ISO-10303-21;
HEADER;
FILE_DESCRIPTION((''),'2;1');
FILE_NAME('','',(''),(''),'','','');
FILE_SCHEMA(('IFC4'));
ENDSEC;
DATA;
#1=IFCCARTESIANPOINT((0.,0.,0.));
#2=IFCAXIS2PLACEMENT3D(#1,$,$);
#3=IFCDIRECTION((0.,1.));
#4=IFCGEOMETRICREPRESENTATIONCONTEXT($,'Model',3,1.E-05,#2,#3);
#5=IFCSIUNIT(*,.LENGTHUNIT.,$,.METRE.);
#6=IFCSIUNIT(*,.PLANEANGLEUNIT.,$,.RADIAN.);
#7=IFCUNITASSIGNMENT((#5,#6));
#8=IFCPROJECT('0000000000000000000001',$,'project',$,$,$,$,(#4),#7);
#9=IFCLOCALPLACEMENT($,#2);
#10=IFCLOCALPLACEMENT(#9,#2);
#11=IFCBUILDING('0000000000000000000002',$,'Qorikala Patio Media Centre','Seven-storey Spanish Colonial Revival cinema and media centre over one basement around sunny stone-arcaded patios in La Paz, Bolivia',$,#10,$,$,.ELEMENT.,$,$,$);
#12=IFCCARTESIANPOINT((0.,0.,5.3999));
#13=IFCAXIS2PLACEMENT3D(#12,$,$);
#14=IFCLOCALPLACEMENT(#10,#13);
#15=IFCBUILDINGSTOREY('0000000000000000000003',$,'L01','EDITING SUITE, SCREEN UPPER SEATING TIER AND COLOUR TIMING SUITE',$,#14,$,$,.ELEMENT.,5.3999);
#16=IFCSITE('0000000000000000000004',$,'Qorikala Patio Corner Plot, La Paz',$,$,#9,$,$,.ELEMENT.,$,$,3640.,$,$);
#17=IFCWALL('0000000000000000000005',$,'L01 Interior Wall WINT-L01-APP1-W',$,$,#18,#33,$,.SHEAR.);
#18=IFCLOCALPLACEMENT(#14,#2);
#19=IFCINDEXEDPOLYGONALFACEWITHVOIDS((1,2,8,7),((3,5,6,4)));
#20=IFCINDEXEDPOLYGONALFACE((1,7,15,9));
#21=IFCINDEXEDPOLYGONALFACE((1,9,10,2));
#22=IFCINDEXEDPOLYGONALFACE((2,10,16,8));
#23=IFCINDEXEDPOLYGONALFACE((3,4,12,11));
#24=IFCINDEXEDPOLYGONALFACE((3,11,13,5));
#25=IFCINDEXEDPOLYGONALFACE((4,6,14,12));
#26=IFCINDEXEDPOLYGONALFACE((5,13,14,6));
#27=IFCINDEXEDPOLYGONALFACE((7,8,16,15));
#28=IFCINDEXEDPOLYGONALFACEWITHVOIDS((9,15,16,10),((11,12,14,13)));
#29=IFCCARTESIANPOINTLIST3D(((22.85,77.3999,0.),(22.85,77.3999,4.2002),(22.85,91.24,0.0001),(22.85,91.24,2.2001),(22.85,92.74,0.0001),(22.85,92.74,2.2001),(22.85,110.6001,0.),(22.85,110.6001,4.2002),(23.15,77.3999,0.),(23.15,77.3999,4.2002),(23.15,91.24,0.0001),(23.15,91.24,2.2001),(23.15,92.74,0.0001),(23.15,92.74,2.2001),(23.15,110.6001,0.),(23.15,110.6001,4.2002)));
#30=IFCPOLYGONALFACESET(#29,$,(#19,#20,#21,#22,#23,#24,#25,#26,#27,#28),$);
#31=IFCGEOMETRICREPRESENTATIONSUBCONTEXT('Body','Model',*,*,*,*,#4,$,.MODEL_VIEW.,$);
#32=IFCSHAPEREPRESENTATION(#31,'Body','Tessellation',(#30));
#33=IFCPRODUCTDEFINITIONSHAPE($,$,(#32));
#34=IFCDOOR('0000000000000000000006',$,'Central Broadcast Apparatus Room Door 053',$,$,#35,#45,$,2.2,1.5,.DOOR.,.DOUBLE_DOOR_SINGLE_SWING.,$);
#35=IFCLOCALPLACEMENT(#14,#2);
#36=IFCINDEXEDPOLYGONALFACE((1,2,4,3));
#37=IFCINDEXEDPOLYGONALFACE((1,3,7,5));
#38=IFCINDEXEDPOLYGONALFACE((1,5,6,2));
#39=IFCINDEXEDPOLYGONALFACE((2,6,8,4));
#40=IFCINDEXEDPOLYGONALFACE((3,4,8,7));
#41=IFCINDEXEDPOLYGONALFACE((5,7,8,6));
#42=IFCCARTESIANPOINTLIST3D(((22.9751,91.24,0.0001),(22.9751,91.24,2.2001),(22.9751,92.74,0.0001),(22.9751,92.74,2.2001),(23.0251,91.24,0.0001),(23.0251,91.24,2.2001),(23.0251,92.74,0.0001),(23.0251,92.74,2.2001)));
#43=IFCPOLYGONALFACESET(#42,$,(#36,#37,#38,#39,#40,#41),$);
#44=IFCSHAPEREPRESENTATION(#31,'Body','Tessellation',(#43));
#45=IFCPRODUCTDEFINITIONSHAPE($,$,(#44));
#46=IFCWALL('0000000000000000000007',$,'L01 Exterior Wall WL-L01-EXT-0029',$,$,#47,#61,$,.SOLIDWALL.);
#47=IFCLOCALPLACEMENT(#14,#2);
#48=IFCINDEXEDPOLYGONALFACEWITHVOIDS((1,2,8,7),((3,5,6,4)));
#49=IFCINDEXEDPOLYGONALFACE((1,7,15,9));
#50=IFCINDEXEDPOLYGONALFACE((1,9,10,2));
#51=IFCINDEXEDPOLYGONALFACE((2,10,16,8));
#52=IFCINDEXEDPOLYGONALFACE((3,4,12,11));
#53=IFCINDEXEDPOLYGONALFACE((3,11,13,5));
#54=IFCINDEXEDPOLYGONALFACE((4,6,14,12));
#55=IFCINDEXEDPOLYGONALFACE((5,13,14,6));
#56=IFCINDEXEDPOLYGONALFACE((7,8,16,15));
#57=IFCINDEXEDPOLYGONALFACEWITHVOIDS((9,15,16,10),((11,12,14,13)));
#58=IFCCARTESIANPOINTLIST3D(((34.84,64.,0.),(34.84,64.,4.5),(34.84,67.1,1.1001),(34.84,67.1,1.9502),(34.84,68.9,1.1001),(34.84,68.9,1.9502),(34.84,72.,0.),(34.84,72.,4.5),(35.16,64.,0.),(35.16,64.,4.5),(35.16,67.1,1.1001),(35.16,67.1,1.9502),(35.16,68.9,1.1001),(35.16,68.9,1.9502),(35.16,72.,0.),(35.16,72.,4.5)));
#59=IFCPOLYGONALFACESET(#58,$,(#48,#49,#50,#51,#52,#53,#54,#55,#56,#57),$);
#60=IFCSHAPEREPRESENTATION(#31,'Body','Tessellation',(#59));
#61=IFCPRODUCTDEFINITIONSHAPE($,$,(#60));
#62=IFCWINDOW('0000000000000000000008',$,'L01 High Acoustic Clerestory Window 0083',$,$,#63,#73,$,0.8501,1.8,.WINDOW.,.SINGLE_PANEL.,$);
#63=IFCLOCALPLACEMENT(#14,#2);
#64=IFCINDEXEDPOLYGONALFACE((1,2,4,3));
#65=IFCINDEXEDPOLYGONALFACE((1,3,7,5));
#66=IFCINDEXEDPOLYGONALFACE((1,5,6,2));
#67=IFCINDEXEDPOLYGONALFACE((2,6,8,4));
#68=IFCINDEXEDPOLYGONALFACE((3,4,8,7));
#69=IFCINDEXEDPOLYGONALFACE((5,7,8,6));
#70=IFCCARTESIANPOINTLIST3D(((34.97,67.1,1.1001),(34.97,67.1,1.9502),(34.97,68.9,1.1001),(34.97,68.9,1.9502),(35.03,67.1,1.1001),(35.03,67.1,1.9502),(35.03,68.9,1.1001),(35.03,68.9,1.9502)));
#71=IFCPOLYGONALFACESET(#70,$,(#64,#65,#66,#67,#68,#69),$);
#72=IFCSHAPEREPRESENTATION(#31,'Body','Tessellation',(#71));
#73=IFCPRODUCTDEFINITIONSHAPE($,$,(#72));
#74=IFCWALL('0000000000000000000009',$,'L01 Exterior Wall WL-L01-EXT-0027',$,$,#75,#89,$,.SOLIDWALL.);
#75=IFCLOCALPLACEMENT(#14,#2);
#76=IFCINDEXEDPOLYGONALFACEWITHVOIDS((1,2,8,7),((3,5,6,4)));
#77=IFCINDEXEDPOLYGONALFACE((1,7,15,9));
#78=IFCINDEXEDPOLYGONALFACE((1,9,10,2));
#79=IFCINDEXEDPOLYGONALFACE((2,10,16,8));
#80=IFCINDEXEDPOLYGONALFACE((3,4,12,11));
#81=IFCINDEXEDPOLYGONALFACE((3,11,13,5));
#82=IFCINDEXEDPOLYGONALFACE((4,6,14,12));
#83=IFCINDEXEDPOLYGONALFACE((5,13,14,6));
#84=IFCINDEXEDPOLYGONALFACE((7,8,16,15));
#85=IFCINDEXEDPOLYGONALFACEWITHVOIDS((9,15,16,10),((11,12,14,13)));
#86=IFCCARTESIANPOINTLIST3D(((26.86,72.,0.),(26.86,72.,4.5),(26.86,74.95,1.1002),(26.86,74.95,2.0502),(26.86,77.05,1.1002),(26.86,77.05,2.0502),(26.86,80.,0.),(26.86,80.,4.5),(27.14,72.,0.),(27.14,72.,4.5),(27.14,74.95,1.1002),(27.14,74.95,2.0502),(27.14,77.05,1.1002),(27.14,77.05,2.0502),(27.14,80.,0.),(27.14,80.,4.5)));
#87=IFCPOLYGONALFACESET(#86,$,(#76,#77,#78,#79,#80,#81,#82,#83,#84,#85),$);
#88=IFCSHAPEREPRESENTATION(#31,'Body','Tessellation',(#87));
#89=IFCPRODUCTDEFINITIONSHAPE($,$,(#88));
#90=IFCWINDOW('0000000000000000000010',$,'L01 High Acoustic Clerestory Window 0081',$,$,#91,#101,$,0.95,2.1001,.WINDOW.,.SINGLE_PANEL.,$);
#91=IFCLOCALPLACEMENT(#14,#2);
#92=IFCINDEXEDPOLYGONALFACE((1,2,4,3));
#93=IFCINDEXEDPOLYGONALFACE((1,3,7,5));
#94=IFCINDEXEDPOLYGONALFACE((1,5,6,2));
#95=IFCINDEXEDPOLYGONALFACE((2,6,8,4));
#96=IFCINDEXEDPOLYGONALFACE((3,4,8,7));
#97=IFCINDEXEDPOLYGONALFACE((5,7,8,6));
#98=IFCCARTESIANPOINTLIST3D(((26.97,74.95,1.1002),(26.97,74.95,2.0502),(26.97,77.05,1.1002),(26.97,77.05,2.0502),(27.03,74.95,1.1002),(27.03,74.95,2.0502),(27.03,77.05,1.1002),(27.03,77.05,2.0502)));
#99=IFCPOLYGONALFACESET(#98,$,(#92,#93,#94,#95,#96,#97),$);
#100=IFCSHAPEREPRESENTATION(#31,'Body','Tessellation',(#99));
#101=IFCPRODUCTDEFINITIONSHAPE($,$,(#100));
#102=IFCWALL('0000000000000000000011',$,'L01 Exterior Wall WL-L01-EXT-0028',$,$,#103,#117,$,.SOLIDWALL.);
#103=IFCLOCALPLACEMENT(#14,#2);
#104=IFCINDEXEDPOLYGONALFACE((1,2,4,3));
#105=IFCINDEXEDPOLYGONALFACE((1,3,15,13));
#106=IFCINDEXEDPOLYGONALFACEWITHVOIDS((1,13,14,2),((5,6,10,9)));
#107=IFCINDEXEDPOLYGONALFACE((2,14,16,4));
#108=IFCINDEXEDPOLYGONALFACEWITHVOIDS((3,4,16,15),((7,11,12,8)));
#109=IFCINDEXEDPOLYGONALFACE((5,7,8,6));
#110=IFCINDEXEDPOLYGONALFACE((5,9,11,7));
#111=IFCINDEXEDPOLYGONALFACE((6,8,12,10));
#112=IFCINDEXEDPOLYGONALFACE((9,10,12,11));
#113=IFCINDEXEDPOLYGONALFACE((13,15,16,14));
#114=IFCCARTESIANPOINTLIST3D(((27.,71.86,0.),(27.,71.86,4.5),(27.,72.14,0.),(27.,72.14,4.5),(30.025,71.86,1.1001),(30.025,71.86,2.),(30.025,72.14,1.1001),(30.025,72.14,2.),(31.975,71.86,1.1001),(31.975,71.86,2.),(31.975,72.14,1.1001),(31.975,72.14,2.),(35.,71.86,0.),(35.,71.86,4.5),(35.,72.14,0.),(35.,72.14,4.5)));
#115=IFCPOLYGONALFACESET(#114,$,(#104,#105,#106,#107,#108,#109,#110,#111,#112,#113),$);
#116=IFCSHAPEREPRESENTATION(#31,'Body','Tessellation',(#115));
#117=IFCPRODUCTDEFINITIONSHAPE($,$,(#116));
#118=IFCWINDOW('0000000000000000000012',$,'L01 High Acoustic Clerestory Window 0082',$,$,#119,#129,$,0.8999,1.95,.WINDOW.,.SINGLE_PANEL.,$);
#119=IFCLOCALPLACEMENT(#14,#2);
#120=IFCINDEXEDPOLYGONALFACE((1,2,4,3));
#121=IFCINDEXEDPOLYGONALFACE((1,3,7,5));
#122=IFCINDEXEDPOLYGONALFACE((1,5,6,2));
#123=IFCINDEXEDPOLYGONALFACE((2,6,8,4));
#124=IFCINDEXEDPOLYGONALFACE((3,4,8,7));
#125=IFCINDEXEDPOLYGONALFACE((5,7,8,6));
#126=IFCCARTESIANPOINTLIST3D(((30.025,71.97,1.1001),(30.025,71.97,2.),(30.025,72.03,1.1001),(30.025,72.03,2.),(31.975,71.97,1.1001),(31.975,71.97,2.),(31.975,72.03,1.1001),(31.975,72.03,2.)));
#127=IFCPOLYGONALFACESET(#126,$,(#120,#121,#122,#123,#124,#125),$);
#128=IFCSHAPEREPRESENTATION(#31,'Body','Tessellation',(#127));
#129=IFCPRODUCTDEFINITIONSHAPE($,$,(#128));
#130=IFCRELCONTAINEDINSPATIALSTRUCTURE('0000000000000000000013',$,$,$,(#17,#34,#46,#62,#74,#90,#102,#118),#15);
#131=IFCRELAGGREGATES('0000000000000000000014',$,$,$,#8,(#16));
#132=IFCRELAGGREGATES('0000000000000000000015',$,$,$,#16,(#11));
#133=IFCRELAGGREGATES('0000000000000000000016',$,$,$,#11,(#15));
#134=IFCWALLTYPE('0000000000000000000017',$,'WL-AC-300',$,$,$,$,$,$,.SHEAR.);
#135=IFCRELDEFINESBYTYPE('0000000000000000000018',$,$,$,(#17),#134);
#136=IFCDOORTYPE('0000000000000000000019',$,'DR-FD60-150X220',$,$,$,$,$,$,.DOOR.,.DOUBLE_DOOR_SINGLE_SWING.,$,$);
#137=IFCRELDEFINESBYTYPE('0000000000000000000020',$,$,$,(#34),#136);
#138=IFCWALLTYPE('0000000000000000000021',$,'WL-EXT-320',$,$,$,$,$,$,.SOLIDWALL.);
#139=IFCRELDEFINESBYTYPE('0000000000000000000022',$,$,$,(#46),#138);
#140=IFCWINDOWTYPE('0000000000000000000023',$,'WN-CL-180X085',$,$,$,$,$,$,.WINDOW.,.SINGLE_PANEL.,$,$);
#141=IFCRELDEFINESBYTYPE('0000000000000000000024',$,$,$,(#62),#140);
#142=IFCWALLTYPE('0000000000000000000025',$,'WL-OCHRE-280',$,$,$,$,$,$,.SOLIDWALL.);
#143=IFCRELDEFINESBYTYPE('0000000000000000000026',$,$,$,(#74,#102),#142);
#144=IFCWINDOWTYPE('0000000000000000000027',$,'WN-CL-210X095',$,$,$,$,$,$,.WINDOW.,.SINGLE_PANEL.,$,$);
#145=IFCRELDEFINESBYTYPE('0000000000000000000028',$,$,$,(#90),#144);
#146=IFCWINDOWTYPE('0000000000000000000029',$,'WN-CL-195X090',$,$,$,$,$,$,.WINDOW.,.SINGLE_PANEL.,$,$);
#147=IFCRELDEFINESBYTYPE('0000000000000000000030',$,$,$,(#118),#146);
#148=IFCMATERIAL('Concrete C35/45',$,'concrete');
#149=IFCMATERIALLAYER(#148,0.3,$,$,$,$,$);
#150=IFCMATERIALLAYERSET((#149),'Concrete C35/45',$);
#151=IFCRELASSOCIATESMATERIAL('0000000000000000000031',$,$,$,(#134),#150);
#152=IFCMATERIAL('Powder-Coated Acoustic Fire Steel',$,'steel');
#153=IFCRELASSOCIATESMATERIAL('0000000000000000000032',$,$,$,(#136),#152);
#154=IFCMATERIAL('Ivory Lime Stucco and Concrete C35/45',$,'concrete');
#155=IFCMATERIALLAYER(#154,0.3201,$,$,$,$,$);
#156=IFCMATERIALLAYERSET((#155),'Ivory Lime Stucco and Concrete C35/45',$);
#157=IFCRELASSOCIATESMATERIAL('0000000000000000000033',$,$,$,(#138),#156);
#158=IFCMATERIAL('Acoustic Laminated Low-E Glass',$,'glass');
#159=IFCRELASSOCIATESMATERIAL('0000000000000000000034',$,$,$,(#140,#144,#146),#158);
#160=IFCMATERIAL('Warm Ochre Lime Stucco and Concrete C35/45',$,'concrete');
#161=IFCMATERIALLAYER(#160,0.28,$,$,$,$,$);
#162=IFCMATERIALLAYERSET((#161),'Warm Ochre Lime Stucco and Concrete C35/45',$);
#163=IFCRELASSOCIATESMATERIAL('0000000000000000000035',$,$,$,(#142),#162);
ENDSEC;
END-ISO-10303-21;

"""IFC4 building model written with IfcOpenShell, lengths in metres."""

from ifc_helpers import new_model, si_unit, direction, frame, frame_2d, origin, place, context, subcontext, project, spatial, rectangle, extrude, material, layer, layer_set, type_object, element, fill, save


model = new_model("IFC4")

# Units and contexts
model_context = context("Model", 3, precision=1e-05, world=origin(), true_north=direction((0.0, 1.0)))
body_context = subcontext(model_context, "Body", "Model", "MODEL_VIEW")
ifc_project = project(units=[si_unit("LENGTHUNIT", "METRE"), si_unit("PLANEANGLEUNIT", "RADIAN")], contexts=[model_context])

# Site, building, storey
site_placement = place(None, origin())
site = spatial("IfcSite", under=ifc_project, at=site_placement, Name="Qorikala Patio Corner Plot, La Paz", CompositionType="ELEMENT", RefElevation=3640.0)
building_placement = place(site_placement, origin())
building = spatial("IfcBuilding", under=site, at=building_placement, Name="Qorikala Patio Media Centre", Description="Seven-storey Spanish Colonial Revival cinema and media centre over one basement around sunny stone-arcaded patios in La Paz, Bolivia", CompositionType="ELEMENT")
storey_placement = place(building_placement, frame((0.0, 0.0, 5.3999)))
storey = spatial("IfcBuildingStorey", under=building, at=storey_placement, Name="L01", Description="EDITING SUITE, SCREEN UPPER SEATING TIER AND COLOUR TIMING SUITE", CompositionType="ELEMENT", Elevation=5.3999)

# Shared definitions
ifc_material_1 = material(Name="Concrete C35/45", Category="concrete")

# Shared definitions
ifc_layer_1 = layer(ifc_material_1, 0.3)
ifc_layer_set_1 = layer_set([ifc_layer_1], Name="Concrete C35/45")
wall_type_1 = type_object("IfcWallType", Name="WL-AC-300", PredefinedType="SHEAR", material=ifc_layer_set_1)

# Wall, opening, door
wall_1_placement = place(storey_placement, frame((23.0, 77.3999, 0.0), z_axis=(0.0, 0.0, 1.0), x_axis=(0.0, 1.0, 0.0)))
wall_1 = element("IfcWall", 1, at=wall_1_placement, inside=storey, type_object=wall_type_1, Name="L01 Interior Wall WINT-L01-APP1-W", PredefinedType="SHEAR", context=body_context, shape_type="SweptSolid", body=[
    extrude(rectangle(XDim=33.2002, YDim=0.3, at=frame_2d((16.6001, 0.0))), origin(), (0.0, 0.0, 1.0), 4.2002),
])
opening_1_placement = place(wall_1_placement, frame((13.8401, 0.0, 0.0)))
opening_1 = element("IfcOpeningElement", 2, at=opening_1_placement, cuts=wall_1, PredefinedType="OPENING", context=body_context, shape_type="SweptSolid", body=[
    extrude(rectangle(XDim=1.5, YDim=2.2, at=frame_2d((0.75, 1.1001))), frame((0.0, 0.1599, 0.0), z_axis=(0.0, -1.0, 0.0), x_axis=(1.0, 0.0, 0.0)), (0.0, 0.0, 1.0), 0.3201),
])
ifc_material_2 = material(Name="Powder-Coated Acoustic Fire Steel", Category="steel")
door_type = type_object("IfcDoorType", Name="DR-FD60-150X220", OperationType="DOUBLE_DOOR_SINGLE_SWING", PredefinedType="DOOR", material=ifc_material_2)
door_placement = place(opening_1_placement, origin())
door = element("IfcDoor", 3, at=door_placement, inside=storey, type_object=door_type, Name="Central Broadcast Apparatus Room Door 053", OperationType="DOUBLE_DOOR_SINGLE_SWING", OverallHeight=2.2, OverallWidth=1.5, PredefinedType="DOOR", context=body_context, shape_type="SweptSolid", body=[
    extrude(rectangle(XDim=1.5, YDim=2.2, at=frame_2d((0.75, 1.1001))), frame((0.0, 0.0249, 0.0), z_axis=(0.0, -1.0, 0.0), x_axis=(1.0, 0.0, 0.0)), (0.0, 0.0, 1.0), 0.05),
])
fill(opening_1, door)

# Walls, openings, windows
ifc_material_3 = material(Name="Ivory Lime Stucco and Concrete C35/45", Category="concrete")
ifc_layer_2 = layer(ifc_material_3, 0.3201)
ifc_layer_set_2 = layer_set([ifc_layer_2], Name="Ivory Lime Stucco and Concrete C35/45")
wall_type_2 = type_object("IfcWallType", Name="WL-EXT-320", PredefinedType="SOLIDWALL", material=ifc_layer_set_2)
wall_2_placement = place(storey_placement, frame((35.0, 72.0, 0.0), z_axis=(0.0, 0.0, 1.0), x_axis=(0.0, -1.0, 0.0)))
wall_2 = element("IfcWall", 4, at=wall_2_placement, inside=storey, type_object=wall_type_2, Name="L01 Exterior Wall WL-L01-EXT-0029", PredefinedType="SOLIDWALL", context=body_context, shape_type="SweptSolid", body=[
    extrude(rectangle(XDim=8.0, YDim=0.3201, at=frame_2d((4.0, 0.0))), origin(), (0.0, 0.0, 1.0), 4.5),
])
opening_2_placement = place(wall_2_placement, frame((3.1001, 0.0, 1.1001)))
opening_2 = element("IfcOpeningElement", 5, at=opening_2_placement, cuts=wall_2, PredefinedType="OPENING", context=body_context, shape_type="SweptSolid", body=[
    extrude(rectangle(XDim=1.8, YDim=0.8501, at=frame_2d((0.8999, 0.425))), frame((0.0, 0.1699, 0.0), z_axis=(0.0, -1.0, 0.0), x_axis=(1.0, 0.0, 0.0)), (0.0, 0.0, 1.0), 0.3401),
])
ifc_material_4 = material(Name="Acoustic Laminated Low-E Glass", Category="glass")
window_type_1 = type_object("IfcWindowType", Name="WN-CL-180X085", PartitioningType="SINGLE_PANEL", PredefinedType="WINDOW", material=ifc_material_4)
window_1_placement = place(opening_2_placement, origin())
window_1 = element("IfcWindow", 6, at=window_1_placement, inside=storey, type_object=window_type_1, Name="L01 High Acoustic Clerestory Window 0083", OverallHeight=0.8501, OverallWidth=1.8, PartitioningType="SINGLE_PANEL", PredefinedType="WINDOW", context=body_context, shape_type="SweptSolid", body=[
    extrude(rectangle(XDim=1.8, YDim=0.8501, at=frame_2d((0.8999, 0.425))), frame((0.0, 0.03, 0.0), z_axis=(0.0, -1.0, 0.0), x_axis=(1.0, 0.0, 0.0)), (0.0, 0.0, 1.0), 0.0601),
])
fill(opening_2, window_1)
ifc_material_5 = material(Name="Warm Ochre Lime Stucco and Concrete C35/45", Category="concrete")
ifc_layer_3 = layer(ifc_material_5, 0.28)
ifc_layer_set_3 = layer_set([ifc_layer_3], Name="Warm Ochre Lime Stucco and Concrete C35/45")
wall_type_3 = type_object("IfcWallType", Name="WL-OCHRE-280", PredefinedType="SOLIDWALL", material=ifc_layer_set_3)
wall_3_placement = place(storey_placement, frame((27.0, 80.0, 0.0), z_axis=(0.0, 0.0, 1.0), x_axis=(0.0, -1.0, 0.0)))
wall_3 = element("IfcWall", 7, at=wall_3_placement, inside=storey, type_object=wall_type_3, Name="L01 Exterior Wall WL-L01-EXT-0027", PredefinedType="SOLIDWALL", context=body_context, shape_type="SweptSolid", body=[
    extrude(rectangle(XDim=8.0, YDim=0.28, at=frame_2d((4.0, 0.0))), origin(), (0.0, 0.0, 1.0), 4.5),
])
opening_3_placement = place(wall_3_placement, frame((2.95, 0.0, 1.1001)))
opening_3 = element("IfcOpeningElement", 8, at=opening_3_placement, cuts=wall_3, PredefinedType="OPENING", context=body_context, shape_type="SweptSolid", body=[
    extrude(rectangle(XDim=2.1001, YDim=0.95, at=frame_2d((1.05, 0.4751))), frame((0.0, 0.1499, 0.0), z_axis=(0.0, -1.0, 0.0), x_axis=(1.0, 0.0, 0.0)), (0.0, 0.0, 1.0), 0.3),
])
window_type_2 = type_object("IfcWindowType", Name="WN-CL-210X095", PartitioningType="SINGLE_PANEL", PredefinedType="WINDOW", material=ifc_material_4)
window_2_placement = place(opening_3_placement, origin())
window_2 = element("IfcWindow", 9, at=window_2_placement, inside=storey, type_object=window_type_2, Name="L01 High Acoustic Clerestory Window 0081", OverallHeight=0.95, OverallWidth=2.1001, PartitioningType="SINGLE_PANEL", PredefinedType="WINDOW", context=body_context, shape_type="SweptSolid", body=[
    extrude(rectangle(XDim=2.1001, YDim=0.95, at=frame_2d((1.05, 0.4751))), frame((0.0, 0.03, 0.0), z_axis=(0.0, -1.0, 0.0), x_axis=(1.0, 0.0, 0.0)), (0.0, 0.0, 1.0), 0.0601),
])
fill(opening_3, window_2)
wall_4_placement = place(storey_placement, frame((27.0, 72.0, 0.0), z_axis=(0.0, 0.0, 1.0), x_axis=(1.0, 0.0, 0.0)))
wall_4 = element("IfcWall", 10, at=wall_4_placement, inside=storey, type_object=wall_type_3, Name="L01 Exterior Wall WL-L01-EXT-0028", PredefinedType="SOLIDWALL", context=body_context, shape_type="SweptSolid", body=[
    extrude(rectangle(XDim=8.0, YDim=0.28, at=frame_2d((4.0, 0.0))), origin(), (0.0, 0.0, 1.0), 4.5),
])
opening_4_placement = place(wall_4_placement, frame((3.0249, 0.0, 1.1001)))
opening_4 = element("IfcOpeningElement", 11, at=opening_4_placement, cuts=wall_4, PredefinedType="OPENING", context=body_context, shape_type="SweptSolid", body=[
    extrude(rectangle(XDim=1.95, YDim=0.8999, at=frame_2d((0.9751, 0.45))), frame((0.0, 0.1499, 0.0), z_axis=(0.0, -1.0, 0.0), x_axis=(1.0, 0.0, 0.0)), (0.0, 0.0, 1.0), 0.3),
])
window_type_3 = type_object("IfcWindowType", Name="WN-CL-195X090", PartitioningType="SINGLE_PANEL", PredefinedType="WINDOW", material=ifc_material_4)
window_3_placement = place(opening_4_placement, origin())
window_3 = element("IfcWindow", 12, at=window_3_placement, inside=storey, type_object=window_type_3, Name="L01 High Acoustic Clerestory Window 0082", OverallHeight=0.8999, OverallWidth=1.95, PartitioningType="SINGLE_PANEL", PredefinedType="WINDOW", context=body_context, shape_type="SweptSolid", body=[
    extrude(rectangle(XDim=1.95, YDim=0.8999, at=frame_2d((0.9751, 0.45))), frame((0.0, 0.03, 0.0), z_axis=(0.0, -1.0, 0.0), x_axis=(1.0, 0.0, 0.0)), (0.0, 0.0, 1.0), 0.0601),
])
fill(opening_4, window_3)

save(model, "model.ifc")
